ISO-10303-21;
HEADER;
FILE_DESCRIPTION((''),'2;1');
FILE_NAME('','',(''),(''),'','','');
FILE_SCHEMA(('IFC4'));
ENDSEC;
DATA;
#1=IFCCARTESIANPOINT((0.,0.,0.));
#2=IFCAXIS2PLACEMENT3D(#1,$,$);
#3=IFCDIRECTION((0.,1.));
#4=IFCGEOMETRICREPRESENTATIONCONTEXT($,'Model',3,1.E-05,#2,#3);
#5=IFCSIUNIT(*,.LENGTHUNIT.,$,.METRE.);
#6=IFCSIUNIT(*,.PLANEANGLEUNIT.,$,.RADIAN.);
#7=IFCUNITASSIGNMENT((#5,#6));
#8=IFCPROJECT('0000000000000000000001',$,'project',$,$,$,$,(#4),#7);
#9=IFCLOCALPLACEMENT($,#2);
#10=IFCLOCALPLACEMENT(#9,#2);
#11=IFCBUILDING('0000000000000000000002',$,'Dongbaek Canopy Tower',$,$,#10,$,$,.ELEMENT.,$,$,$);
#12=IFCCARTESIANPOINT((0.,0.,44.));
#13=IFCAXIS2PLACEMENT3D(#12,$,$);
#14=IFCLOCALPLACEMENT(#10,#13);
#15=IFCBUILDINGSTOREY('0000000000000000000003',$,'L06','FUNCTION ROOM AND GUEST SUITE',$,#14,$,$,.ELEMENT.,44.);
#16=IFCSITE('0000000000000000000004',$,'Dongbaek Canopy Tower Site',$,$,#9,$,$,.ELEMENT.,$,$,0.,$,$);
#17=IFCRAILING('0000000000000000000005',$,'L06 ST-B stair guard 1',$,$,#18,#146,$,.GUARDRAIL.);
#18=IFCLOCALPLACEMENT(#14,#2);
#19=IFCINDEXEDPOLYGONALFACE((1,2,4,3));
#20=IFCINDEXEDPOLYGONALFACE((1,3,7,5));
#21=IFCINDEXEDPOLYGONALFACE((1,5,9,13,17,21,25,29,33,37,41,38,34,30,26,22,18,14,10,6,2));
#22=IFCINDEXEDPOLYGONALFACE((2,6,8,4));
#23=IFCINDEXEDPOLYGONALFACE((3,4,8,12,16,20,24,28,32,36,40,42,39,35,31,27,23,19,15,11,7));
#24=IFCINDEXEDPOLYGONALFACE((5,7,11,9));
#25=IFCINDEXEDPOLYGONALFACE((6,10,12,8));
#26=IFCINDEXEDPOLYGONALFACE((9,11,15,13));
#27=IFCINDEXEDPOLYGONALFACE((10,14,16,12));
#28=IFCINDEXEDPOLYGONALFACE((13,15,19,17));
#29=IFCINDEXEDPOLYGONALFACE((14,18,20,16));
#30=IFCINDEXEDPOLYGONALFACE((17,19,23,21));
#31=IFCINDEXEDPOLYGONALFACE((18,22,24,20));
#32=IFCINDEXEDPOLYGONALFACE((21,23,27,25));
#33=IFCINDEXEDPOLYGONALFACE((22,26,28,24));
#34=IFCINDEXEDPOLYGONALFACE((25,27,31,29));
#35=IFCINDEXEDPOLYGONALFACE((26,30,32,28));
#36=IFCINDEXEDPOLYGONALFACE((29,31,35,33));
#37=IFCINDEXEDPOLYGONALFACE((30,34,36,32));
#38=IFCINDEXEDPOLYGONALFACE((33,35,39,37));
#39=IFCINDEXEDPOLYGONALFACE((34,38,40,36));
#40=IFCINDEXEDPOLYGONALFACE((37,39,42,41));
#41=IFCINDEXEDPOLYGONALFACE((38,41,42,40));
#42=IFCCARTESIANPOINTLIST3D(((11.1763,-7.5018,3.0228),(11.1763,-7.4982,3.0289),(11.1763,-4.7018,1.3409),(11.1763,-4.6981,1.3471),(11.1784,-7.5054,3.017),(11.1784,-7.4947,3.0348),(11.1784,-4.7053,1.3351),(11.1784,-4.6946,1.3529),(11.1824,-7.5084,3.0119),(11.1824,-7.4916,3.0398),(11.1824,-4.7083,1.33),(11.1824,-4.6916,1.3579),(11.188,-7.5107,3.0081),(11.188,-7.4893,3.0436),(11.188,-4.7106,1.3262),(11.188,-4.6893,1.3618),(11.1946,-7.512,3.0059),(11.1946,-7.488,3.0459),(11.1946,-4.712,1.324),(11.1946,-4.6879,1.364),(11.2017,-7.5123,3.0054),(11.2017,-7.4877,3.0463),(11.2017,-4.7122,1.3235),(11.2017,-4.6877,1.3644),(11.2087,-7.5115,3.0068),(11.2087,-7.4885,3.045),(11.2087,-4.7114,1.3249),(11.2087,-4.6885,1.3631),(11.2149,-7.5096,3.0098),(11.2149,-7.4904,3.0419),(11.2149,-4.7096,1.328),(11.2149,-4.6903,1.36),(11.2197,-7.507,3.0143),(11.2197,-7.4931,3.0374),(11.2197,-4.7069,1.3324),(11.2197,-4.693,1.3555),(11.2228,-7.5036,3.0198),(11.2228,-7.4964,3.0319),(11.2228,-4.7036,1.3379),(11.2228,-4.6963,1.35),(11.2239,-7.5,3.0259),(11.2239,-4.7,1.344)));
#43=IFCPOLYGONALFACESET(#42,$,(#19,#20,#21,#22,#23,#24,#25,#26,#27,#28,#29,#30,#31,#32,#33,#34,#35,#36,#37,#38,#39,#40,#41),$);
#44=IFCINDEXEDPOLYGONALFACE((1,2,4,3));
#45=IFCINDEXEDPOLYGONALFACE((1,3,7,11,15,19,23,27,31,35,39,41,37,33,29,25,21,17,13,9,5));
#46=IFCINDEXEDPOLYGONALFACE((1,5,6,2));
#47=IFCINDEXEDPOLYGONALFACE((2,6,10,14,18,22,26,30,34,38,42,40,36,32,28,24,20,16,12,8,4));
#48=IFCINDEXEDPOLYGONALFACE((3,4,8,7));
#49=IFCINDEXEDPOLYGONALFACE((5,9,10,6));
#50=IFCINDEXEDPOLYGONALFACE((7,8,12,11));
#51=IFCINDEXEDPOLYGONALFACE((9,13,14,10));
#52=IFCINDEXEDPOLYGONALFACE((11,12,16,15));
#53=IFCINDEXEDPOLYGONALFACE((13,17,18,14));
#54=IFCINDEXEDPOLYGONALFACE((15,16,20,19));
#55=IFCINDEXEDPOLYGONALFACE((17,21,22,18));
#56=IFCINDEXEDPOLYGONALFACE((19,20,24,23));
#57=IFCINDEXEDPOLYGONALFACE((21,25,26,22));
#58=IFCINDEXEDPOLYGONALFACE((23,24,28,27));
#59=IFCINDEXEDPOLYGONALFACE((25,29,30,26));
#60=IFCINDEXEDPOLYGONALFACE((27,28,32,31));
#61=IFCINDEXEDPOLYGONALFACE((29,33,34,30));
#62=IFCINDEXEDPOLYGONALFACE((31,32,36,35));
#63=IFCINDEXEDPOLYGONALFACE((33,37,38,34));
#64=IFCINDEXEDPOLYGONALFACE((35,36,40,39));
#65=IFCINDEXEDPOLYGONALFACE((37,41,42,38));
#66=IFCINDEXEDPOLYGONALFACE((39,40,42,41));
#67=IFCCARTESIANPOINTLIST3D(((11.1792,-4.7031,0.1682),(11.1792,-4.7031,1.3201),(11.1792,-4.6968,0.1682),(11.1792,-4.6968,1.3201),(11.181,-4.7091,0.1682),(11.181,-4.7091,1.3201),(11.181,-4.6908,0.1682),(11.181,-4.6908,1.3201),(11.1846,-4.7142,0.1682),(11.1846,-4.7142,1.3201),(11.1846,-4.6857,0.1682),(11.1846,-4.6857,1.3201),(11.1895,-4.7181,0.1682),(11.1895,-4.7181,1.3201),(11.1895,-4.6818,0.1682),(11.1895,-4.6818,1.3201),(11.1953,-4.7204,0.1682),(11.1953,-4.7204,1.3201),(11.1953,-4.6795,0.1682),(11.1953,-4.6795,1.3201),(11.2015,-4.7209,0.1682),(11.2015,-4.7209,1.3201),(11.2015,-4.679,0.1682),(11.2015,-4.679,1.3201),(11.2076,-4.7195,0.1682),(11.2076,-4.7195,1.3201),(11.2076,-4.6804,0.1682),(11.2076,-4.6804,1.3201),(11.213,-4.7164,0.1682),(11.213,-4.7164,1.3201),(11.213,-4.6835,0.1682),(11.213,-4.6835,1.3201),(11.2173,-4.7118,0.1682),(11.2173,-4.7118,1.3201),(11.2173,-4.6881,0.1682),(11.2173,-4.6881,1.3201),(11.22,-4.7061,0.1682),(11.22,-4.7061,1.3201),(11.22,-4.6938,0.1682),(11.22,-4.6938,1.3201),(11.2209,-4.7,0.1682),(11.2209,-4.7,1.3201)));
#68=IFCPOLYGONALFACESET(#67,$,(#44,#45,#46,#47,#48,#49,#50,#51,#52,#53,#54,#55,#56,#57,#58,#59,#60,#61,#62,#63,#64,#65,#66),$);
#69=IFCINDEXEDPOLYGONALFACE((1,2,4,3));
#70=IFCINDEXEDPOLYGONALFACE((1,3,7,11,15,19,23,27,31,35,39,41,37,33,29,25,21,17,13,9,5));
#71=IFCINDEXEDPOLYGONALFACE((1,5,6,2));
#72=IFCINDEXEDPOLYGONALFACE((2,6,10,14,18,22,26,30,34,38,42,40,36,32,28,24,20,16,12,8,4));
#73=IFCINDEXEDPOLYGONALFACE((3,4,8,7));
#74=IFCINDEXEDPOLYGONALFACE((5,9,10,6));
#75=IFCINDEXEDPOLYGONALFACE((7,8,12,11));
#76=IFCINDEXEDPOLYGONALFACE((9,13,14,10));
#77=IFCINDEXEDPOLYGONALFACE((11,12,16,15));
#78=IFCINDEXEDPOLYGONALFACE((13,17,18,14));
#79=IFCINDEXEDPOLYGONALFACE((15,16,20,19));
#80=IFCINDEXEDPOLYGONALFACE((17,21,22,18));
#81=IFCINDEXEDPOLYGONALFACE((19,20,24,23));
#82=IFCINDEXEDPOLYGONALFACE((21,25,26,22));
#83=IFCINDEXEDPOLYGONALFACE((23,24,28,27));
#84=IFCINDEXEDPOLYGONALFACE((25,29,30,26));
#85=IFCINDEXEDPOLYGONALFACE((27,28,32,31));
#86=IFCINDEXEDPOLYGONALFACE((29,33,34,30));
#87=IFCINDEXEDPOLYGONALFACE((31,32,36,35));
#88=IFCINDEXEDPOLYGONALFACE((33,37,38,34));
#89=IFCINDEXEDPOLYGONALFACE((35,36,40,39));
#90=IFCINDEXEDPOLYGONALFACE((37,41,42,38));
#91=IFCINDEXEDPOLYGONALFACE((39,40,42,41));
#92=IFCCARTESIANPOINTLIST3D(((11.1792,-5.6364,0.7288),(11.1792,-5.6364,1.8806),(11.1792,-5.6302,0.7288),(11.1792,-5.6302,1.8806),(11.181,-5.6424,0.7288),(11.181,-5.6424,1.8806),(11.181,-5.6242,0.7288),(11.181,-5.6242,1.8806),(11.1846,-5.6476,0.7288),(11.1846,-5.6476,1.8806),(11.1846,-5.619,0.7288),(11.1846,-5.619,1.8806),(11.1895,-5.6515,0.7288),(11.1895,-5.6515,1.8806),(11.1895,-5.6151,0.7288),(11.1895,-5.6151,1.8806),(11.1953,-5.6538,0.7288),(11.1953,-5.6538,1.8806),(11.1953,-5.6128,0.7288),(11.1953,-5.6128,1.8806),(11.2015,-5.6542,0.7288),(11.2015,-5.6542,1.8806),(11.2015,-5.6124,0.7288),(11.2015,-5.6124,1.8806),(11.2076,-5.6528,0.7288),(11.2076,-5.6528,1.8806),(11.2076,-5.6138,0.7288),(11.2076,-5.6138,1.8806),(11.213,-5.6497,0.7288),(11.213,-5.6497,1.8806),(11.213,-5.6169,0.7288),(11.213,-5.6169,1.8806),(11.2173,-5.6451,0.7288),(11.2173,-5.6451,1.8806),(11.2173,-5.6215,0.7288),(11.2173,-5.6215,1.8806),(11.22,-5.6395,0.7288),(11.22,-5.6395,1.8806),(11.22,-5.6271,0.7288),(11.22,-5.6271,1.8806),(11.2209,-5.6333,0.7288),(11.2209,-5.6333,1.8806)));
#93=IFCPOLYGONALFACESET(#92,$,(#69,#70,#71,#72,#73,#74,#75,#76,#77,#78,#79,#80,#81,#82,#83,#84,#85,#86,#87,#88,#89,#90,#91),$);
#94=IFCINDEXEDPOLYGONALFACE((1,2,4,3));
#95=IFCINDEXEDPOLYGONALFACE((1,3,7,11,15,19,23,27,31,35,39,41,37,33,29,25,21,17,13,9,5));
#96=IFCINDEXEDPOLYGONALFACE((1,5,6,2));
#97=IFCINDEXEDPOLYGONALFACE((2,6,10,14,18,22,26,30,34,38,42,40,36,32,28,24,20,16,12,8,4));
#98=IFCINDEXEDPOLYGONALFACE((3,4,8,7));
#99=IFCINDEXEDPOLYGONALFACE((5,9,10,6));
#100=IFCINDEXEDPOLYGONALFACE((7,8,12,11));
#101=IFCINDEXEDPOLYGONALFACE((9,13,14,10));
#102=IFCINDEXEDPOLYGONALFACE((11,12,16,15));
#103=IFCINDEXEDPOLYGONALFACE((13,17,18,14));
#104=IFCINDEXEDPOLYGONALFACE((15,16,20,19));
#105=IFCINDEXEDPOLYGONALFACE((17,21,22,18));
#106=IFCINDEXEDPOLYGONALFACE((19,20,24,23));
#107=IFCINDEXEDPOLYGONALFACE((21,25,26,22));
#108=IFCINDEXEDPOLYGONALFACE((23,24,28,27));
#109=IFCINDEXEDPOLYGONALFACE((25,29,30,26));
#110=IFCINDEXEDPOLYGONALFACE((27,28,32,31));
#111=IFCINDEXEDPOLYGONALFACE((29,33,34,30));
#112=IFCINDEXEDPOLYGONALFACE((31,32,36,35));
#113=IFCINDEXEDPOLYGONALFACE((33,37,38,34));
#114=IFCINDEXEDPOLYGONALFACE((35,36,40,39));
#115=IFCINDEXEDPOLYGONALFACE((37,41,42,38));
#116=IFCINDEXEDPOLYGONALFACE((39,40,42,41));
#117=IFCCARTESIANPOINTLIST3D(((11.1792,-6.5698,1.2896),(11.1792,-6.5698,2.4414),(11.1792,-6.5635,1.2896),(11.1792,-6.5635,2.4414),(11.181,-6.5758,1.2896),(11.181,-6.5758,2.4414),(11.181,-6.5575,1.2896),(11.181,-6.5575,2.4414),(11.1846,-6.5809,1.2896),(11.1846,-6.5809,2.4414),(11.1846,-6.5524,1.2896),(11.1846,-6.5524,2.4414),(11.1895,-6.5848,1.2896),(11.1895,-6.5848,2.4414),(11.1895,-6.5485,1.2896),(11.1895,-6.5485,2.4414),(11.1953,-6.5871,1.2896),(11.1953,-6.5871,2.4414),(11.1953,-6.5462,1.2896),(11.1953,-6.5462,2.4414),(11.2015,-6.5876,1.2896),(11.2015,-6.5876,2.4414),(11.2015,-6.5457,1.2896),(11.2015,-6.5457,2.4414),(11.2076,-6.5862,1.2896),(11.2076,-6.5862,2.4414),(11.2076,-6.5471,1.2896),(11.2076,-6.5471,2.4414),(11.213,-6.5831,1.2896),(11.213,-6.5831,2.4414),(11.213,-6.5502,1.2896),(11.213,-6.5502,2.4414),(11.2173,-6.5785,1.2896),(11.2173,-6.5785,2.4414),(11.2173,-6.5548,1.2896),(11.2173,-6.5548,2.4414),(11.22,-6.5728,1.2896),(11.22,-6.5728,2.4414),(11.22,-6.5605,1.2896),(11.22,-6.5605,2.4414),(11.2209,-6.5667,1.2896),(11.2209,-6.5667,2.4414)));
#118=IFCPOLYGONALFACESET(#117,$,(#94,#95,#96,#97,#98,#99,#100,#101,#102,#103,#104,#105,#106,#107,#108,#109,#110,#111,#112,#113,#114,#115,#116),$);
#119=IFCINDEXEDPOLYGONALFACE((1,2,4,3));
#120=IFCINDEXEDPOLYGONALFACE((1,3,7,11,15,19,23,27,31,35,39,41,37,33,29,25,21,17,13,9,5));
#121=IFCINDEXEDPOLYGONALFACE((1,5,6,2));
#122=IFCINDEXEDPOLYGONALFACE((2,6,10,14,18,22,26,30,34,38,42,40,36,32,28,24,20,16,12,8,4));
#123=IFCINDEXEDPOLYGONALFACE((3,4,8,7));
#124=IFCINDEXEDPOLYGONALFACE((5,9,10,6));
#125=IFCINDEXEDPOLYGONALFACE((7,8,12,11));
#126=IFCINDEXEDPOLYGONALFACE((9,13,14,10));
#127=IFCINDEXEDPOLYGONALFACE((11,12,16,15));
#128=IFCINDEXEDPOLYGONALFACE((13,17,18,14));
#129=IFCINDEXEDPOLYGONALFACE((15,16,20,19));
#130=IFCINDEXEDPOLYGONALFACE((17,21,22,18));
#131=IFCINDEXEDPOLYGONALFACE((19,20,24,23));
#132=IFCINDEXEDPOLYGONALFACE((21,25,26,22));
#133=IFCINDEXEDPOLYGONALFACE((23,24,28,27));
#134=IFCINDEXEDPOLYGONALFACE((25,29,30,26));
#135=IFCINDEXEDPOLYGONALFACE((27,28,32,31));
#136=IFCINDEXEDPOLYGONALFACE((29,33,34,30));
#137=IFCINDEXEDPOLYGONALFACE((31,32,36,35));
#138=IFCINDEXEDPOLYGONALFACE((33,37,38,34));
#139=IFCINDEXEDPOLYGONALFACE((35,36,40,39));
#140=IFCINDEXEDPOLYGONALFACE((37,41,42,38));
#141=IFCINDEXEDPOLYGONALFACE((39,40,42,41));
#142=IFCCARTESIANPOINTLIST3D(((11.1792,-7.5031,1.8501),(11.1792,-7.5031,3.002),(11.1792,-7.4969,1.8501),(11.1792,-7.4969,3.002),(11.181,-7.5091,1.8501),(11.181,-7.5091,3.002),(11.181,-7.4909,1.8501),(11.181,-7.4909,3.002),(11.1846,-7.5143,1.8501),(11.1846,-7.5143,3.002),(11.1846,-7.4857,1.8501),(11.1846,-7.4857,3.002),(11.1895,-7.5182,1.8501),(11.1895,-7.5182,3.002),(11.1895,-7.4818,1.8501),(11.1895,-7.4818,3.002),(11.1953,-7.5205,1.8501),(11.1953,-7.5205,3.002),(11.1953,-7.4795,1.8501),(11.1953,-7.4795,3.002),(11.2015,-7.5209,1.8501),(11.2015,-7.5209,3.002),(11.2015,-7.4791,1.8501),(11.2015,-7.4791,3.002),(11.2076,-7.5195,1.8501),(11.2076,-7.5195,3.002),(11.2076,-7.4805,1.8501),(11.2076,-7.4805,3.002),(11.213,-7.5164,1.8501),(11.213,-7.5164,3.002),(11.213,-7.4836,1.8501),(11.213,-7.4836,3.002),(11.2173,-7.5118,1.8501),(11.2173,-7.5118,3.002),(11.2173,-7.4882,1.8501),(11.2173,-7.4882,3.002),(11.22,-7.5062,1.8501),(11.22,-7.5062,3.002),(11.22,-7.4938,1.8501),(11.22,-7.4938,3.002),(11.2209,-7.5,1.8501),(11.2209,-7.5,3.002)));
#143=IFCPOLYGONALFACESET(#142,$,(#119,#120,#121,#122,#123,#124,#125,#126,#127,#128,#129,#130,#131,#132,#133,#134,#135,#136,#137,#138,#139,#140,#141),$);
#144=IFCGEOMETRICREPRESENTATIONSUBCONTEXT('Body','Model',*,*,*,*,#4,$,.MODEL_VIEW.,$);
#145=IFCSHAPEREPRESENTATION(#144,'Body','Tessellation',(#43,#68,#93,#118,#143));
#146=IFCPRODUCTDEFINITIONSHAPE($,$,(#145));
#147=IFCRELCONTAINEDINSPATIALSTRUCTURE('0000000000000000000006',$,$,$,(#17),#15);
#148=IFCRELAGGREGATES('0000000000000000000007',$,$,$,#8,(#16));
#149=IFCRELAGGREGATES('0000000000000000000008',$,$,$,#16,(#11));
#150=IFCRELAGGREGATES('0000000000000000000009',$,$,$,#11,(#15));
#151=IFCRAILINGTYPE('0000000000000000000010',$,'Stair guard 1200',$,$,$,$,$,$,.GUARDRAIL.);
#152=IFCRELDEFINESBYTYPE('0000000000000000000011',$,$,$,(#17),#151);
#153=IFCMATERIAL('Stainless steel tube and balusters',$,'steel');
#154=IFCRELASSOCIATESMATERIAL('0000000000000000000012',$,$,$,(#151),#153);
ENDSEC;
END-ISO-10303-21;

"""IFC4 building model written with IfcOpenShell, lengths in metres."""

from ifc_helpers import new_model, si_unit, direction, frame, origin, origin_2d, place, context, subcontext, project, spatial, circle, extrude, material, type_object, element, save


model = new_model("IFC4")

# Units and contexts
model_context = context("Model", 3, precision=1e-05, world=origin(), true_north=direction((0.0, 1.0)))
body_context = subcontext(model_context, "Body", "Model", "MODEL_VIEW")
ifc_project = project(units=[si_unit("LENGTHUNIT", "METRE"), si_unit("PLANEANGLEUNIT", "RADIAN")], contexts=[model_context])

# Site, building, storey
site_placement = place(None, origin())
site = spatial("IfcSite", under=ifc_project, at=site_placement, Name="Dongbaek Canopy Tower Site", CompositionType="ELEMENT", RefElevation=0.0)
building_placement = place(site_placement, origin())
building = spatial("IfcBuilding", under=site, at=building_placement, Name="Dongbaek Canopy Tower", CompositionType="ELEMENT")
storey_placement = place(building_placement, frame((0.0, 0.0, 44.0)))
storey = spatial("IfcBuildingStorey", under=building, at=storey_placement, Name="L06", Description="FUNCTION ROOM AND GUEST SUITE", CompositionType="ELEMENT", Elevation=44.0)

# Railing
ifc_material_1 = material(Name="Stainless steel tube and balusters", Category="steel")
railing_type_1 = type_object("IfcRailingType", Name="Stair guard 1200", PredefinedType="GUARDRAIL", material=ifc_material_1)
railing_1_placement = place(storey_placement, frame((11.2, -4.7, 0.1682)))
element("IfcRailing", 1, at=railing_1_placement, inside=storey, type_object=railing_type_1, Name="L06 ST-B stair guard 1", PredefinedType="GUARDRAIL", context=body_context, shape_type="SweptSolid", body=[
    extrude(circle(Radius=0.0239, at=origin_2d()), frame((0.0, 0.0, 1.1758), z_axis=(0.0, -0.857242, 0.514913), x_axis=(1.0, 0.0, 0.0)), (0.0, 0.0, 1.0), 3.2664),
    extrude(circle(Radius=0.021, at=origin_2d()), origin(), (0.0, 0.0, 1.0), 1.1519),
    extrude(circle(Radius=0.021, at=origin_2d()), frame((0.0, -0.9333, 0.5605)), (0.0, 0.0, 1.0), 1.1519),
    extrude(circle(Radius=0.021, at=origin_2d()), frame((0.0, -1.8667, 1.1213)), (0.0, 0.0, 1.0), 1.1519),
    extrude(circle(Radius=0.021, at=origin_2d()), frame((0.0, -2.8, 1.6819)), (0.0, 0.0, 1.0), 1.1519),
])

save(model, "model.ifc")
